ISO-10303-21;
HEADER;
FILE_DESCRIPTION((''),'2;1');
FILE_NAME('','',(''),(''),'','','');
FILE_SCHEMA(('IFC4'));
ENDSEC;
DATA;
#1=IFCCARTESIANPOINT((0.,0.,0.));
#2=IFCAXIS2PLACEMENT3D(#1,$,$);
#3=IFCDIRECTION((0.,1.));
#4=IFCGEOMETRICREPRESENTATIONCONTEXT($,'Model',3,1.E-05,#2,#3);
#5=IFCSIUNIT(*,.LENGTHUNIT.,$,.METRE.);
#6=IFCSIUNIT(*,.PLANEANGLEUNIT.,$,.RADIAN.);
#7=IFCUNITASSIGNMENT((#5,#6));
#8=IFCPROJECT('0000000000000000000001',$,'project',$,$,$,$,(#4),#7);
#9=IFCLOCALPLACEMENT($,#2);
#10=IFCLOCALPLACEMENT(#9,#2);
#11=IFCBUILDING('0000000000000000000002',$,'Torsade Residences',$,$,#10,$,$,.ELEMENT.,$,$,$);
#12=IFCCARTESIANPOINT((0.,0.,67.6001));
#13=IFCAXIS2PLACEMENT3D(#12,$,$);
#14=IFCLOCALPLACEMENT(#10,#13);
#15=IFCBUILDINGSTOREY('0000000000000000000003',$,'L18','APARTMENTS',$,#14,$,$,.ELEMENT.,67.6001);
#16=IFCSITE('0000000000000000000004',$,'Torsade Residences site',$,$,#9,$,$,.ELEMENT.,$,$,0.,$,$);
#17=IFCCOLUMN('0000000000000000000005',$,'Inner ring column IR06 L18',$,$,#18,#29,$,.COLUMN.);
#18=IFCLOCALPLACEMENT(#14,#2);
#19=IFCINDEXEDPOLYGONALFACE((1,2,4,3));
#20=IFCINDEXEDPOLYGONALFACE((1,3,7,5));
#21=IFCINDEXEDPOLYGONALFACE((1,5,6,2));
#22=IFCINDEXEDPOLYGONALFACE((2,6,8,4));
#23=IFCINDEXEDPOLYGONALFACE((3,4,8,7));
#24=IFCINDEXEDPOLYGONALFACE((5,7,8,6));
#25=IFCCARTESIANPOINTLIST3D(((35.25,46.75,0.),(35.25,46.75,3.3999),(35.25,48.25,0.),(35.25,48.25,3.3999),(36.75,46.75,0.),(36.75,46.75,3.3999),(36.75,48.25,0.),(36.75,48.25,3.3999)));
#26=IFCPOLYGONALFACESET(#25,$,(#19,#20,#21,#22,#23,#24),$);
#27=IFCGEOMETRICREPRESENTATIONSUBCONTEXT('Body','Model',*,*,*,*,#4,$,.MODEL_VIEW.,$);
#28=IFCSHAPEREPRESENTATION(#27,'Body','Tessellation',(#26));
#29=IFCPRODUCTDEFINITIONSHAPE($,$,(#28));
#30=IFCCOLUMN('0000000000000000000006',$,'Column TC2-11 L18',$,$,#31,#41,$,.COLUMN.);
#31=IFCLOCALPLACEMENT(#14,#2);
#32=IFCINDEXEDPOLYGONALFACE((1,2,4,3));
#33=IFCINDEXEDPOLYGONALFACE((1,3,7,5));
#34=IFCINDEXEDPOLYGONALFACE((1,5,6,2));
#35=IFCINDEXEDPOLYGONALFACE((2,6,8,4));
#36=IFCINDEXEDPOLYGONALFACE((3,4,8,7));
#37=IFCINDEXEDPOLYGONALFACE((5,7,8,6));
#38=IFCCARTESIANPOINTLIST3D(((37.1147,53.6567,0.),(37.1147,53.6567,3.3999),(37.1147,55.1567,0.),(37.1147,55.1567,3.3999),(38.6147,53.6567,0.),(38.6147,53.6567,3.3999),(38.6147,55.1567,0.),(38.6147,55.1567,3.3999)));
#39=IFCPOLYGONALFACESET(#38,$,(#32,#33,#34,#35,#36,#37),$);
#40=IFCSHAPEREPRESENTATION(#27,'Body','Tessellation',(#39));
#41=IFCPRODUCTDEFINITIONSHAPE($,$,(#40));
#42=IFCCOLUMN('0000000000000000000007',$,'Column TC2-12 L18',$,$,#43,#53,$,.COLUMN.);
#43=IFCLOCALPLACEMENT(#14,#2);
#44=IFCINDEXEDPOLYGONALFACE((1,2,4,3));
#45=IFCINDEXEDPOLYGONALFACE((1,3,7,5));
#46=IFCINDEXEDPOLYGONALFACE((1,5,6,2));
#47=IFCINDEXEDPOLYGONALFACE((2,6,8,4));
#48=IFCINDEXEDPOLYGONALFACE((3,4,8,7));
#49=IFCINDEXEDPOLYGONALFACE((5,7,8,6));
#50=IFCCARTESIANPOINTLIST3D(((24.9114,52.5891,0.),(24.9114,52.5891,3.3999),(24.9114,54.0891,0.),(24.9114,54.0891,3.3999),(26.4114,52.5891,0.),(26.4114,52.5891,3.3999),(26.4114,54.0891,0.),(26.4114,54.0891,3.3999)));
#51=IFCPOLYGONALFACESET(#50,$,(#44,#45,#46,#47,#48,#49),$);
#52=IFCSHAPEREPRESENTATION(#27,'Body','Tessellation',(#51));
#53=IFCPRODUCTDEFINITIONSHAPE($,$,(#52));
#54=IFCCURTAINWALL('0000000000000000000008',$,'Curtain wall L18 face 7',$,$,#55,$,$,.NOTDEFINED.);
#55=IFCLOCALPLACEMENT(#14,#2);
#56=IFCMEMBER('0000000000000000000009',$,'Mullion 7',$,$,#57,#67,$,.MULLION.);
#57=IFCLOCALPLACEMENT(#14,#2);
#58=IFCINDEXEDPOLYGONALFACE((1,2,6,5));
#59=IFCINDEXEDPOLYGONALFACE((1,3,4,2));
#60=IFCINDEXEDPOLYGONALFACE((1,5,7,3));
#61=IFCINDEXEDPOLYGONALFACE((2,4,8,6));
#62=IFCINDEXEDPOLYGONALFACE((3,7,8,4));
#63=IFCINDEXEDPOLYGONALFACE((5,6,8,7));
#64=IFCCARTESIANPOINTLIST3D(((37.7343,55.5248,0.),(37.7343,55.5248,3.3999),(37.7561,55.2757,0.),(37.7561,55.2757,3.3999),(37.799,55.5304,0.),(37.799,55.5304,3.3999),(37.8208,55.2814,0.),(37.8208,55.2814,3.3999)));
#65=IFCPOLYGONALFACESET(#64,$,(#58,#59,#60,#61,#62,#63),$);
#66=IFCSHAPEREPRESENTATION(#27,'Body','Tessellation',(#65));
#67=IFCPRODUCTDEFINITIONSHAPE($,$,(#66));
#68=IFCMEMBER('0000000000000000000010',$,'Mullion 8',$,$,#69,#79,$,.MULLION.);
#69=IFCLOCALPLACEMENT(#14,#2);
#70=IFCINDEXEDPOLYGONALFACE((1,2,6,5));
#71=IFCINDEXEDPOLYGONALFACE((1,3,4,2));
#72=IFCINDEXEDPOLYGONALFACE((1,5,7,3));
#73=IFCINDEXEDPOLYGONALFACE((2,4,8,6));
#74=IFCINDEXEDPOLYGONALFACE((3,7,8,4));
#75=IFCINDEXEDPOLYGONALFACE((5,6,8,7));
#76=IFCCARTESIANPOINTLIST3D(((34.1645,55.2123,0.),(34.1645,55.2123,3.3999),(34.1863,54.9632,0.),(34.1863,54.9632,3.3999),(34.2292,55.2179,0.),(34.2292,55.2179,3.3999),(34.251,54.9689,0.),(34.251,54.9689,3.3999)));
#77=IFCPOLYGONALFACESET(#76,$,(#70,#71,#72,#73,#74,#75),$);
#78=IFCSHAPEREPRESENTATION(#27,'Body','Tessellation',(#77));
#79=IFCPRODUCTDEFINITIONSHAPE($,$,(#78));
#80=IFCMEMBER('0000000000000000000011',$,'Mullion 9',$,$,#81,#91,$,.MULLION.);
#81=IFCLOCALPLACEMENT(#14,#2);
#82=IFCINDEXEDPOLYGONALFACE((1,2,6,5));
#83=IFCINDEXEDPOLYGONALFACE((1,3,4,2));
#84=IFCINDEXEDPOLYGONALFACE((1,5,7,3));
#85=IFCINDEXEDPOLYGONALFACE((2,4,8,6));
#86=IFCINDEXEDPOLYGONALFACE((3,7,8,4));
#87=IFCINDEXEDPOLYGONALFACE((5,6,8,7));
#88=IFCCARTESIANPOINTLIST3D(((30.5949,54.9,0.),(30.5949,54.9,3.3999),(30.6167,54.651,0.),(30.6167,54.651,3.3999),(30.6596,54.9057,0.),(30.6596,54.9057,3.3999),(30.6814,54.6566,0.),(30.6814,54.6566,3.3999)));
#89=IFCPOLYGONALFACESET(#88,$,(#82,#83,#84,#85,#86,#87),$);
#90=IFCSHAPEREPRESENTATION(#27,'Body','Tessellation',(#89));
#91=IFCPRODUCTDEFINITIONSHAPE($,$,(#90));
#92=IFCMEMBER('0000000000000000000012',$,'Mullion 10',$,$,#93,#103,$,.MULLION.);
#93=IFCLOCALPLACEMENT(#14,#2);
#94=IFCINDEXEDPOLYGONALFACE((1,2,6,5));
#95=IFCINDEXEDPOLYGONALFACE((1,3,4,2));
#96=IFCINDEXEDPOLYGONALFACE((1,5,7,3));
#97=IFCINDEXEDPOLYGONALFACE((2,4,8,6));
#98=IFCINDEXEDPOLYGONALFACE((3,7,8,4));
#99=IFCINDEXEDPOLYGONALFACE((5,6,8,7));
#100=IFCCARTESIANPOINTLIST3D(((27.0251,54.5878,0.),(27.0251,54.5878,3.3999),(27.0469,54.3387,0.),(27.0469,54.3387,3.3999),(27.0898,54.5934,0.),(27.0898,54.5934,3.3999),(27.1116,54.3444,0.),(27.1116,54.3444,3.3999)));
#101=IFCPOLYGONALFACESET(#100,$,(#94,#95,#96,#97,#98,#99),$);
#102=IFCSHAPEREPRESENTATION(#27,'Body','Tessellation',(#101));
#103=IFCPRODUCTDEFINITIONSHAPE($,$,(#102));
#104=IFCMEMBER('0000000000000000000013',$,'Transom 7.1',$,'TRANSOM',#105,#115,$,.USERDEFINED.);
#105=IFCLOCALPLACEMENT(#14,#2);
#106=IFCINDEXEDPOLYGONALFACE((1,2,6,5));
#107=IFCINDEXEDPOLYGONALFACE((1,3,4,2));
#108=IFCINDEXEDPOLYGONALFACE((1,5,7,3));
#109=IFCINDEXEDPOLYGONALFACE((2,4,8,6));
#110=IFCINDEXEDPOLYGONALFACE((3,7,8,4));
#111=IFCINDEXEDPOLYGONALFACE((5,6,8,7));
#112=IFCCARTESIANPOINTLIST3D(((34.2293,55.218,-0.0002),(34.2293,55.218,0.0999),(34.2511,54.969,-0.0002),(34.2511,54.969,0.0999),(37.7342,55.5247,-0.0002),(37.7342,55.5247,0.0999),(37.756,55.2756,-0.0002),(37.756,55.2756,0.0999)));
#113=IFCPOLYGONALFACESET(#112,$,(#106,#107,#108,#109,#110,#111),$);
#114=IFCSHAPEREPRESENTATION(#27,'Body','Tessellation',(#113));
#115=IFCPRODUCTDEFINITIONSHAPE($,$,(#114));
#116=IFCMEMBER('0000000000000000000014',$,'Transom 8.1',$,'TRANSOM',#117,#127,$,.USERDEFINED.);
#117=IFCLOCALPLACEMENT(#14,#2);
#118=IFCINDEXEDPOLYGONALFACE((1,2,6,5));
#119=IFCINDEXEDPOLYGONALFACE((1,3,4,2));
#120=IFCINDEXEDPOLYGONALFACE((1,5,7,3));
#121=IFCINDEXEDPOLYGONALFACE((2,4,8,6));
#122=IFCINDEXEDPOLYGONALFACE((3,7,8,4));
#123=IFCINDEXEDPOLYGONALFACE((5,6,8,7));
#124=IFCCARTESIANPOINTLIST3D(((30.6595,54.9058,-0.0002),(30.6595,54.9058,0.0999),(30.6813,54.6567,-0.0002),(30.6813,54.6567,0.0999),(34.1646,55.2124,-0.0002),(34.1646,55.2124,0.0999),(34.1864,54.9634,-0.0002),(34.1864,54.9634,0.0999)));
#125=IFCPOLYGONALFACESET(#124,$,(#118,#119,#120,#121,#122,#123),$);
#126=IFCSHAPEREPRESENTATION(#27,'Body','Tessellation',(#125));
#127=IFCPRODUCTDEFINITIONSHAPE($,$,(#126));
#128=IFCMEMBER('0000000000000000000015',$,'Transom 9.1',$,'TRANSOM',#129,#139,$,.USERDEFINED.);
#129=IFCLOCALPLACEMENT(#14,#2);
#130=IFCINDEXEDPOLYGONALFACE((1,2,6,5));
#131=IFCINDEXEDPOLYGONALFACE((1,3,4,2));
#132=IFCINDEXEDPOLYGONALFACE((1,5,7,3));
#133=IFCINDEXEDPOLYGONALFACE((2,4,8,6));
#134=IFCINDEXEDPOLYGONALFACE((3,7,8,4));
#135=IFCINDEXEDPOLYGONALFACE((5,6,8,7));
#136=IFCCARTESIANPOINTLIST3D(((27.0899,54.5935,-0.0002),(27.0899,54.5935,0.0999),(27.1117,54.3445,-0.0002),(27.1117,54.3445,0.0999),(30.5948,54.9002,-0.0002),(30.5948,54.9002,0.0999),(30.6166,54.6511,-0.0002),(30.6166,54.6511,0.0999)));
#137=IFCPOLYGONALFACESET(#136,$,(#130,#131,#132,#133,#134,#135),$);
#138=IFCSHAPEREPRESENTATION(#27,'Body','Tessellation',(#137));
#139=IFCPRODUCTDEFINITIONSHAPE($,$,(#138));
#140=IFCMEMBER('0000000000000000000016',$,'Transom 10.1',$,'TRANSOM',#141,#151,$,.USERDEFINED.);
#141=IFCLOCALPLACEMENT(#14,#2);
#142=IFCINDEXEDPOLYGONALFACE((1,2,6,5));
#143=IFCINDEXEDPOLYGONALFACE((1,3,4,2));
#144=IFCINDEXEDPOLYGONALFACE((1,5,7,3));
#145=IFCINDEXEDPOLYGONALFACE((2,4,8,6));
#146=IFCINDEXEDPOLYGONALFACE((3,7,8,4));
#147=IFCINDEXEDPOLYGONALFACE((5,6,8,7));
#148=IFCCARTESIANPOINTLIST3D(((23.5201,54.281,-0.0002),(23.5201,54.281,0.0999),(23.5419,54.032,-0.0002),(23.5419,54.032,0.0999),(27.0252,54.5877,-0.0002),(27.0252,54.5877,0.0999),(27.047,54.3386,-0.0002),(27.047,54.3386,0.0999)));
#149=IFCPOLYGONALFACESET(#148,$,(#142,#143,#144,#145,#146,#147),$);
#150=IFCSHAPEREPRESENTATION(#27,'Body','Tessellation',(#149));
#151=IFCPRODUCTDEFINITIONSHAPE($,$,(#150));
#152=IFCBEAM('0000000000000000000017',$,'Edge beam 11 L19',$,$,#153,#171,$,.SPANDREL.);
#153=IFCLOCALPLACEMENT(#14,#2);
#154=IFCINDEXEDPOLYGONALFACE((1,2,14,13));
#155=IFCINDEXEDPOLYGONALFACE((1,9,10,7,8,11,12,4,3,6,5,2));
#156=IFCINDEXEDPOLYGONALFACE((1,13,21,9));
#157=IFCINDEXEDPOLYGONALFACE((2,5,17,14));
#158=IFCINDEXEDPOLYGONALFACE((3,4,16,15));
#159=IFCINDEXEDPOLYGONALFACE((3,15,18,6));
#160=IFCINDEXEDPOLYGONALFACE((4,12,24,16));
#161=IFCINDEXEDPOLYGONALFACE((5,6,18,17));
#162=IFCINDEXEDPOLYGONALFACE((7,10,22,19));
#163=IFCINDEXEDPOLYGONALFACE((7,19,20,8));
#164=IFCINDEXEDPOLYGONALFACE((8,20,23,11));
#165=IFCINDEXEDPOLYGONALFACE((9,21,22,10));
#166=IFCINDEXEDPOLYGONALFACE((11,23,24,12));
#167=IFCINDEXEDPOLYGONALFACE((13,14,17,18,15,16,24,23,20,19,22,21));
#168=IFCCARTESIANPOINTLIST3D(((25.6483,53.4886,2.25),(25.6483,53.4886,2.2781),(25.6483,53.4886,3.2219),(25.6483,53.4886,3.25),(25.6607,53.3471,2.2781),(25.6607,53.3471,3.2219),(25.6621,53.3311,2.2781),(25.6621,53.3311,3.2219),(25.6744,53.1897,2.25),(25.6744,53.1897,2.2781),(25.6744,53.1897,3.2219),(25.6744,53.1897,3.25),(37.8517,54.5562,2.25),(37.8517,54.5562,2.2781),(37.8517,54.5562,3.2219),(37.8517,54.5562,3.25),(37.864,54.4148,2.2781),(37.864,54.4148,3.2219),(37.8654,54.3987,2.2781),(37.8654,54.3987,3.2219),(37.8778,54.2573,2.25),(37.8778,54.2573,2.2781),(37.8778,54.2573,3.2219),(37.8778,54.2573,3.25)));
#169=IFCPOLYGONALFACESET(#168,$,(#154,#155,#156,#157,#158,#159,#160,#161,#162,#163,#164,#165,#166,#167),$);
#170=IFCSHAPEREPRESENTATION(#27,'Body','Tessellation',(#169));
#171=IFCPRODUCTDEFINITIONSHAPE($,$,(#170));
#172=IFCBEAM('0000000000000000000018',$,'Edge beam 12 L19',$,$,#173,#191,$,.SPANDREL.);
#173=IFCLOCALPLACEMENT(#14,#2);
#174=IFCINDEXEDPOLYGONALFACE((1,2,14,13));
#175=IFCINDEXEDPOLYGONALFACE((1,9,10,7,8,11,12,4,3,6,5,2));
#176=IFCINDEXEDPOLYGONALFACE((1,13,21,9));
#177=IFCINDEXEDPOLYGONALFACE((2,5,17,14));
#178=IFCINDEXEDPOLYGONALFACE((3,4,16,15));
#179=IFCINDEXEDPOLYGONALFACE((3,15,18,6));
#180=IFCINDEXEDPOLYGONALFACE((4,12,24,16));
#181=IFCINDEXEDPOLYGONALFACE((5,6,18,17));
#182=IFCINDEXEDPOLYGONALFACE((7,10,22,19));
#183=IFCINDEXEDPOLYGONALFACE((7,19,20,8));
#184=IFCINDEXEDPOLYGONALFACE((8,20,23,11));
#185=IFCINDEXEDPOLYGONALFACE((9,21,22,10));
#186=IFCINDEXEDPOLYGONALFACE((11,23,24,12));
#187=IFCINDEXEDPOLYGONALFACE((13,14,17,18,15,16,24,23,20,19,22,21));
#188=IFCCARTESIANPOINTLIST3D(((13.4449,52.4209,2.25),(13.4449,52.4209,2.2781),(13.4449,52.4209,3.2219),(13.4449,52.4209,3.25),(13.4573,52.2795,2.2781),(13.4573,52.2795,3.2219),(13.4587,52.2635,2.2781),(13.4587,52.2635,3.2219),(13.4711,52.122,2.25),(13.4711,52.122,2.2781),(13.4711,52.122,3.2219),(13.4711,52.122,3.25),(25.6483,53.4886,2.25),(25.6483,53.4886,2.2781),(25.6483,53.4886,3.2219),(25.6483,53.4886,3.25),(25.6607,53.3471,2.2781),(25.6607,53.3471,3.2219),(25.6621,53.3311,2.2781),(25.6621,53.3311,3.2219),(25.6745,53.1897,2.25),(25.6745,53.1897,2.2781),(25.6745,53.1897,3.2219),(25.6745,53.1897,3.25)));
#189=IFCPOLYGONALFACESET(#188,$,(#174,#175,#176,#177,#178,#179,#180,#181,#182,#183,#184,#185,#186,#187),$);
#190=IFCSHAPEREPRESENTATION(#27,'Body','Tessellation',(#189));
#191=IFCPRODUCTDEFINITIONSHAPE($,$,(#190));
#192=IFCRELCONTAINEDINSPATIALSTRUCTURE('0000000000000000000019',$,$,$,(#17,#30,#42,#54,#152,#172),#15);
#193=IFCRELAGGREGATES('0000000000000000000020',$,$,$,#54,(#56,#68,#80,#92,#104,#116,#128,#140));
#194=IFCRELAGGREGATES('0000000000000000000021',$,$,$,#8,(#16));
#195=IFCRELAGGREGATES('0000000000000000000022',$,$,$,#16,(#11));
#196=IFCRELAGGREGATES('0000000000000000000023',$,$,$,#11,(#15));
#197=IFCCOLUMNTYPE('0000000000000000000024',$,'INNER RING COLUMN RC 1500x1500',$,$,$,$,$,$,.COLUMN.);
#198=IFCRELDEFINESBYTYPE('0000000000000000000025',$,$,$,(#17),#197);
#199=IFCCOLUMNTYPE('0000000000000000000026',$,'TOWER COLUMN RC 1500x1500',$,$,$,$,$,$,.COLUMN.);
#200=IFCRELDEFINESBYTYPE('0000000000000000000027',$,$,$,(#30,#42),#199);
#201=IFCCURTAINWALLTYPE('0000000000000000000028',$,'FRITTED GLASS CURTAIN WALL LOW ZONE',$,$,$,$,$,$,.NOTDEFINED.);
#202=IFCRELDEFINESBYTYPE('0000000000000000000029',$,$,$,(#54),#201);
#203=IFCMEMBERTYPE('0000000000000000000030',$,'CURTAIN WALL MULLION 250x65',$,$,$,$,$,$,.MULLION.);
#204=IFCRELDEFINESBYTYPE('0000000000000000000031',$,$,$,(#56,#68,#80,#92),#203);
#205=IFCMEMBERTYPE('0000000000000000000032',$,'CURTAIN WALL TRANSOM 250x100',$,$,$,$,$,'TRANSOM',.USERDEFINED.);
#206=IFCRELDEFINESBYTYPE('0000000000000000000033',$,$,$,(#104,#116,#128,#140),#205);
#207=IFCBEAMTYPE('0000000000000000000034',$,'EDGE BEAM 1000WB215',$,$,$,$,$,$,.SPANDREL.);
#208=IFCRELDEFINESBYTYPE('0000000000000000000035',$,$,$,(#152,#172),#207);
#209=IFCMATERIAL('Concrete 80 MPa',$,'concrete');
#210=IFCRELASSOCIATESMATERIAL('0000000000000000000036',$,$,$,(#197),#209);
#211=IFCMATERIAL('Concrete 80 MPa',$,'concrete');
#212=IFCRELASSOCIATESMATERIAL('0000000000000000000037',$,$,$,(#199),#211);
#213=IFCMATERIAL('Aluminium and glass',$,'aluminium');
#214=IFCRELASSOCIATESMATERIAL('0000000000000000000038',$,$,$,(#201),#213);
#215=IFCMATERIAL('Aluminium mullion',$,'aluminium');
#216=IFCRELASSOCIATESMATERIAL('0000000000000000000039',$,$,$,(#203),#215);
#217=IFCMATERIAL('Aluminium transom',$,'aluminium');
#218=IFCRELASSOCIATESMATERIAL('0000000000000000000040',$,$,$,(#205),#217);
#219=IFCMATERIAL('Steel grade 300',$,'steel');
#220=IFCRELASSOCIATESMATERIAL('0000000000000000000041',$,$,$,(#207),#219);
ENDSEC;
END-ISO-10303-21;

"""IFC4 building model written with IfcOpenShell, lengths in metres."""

from ifc_helpers import new_model, si_unit, direction, frame, origin, origin_2d, place, context, subcontext, project, spatial, rectangle, i_section, extrude, material, material_profile, profile_set, type_object, element, aggregate, save


model = new_model("IFC4")

# Units and contexts
model_context = context("Model", 3, precision=1e-05, world=origin(), true_north=direction((0.0, 1.0)))
body_context = subcontext(model_context, "Body", "Model", "MODEL_VIEW")
ifc_project = project(units=[si_unit("LENGTHUNIT", "METRE"), si_unit("PLANEANGLEUNIT", "RADIAN")], contexts=[model_context])

# Site, building, storey
site_placement = place(None, origin())
site = spatial("IfcSite", under=ifc_project, at=site_placement, Name="Torsade Residences site", CompositionType="ELEMENT", RefElevation=0.0)
building_placement = place(site_placement, origin())
building = spatial("IfcBuilding", under=site, at=building_placement, Name="Torsade Residences", CompositionType="ELEMENT")
storey_placement = place(building_placement, frame((0.0, 0.0, 67.6001)))
storey = spatial("IfcBuildingStorey", under=building, at=storey_placement, Name="L18", Description="APARTMENTS", CompositionType="ELEMENT", Elevation=67.6001)

# Columns
ifc_material_1 = material(Name="Concrete 80 MPa", Category="concrete")
ifc_material_profile_1 = material_profile(ifc_material_1, rectangle(XDim=1.5, YDim=1.5, at=origin_2d()), Name="RC 1500x1500")
ifc_profile_set_1 = profile_set([ifc_material_profile_1], Name="Concrete 80 MPa")
column_type_1 = type_object("IfcColumnType", Name="INNER RING COLUMN RC 1500x1500", PredefinedType="COLUMN", material=ifc_profile_set_1)
column_placement = place(storey_placement, frame((36.0, 47.5, 0.0), z_axis=(0.0, 0.0, 1.0), x_axis=(1.0, 0.0, 0.0)))
element("IfcColumn", 1, at=column_placement, inside=storey, type_object=column_type_1, Name="Inner ring column IR06 L18", PredefinedType="COLUMN", context=body_context, shape_type="SweptSolid", body=[
    extrude(rectangle(XDim=1.5, YDim=1.5, at=origin_2d()), origin(), (0.0, 0.0, 1.0), 3.3999),
])
ifc_material_2 = material(Name="Concrete 80 MPa", Category="concrete")
ifc_material_profile_2 = material_profile(ifc_material_2, rectangle(XDim=1.5, YDim=1.5, at=origin_2d()), Name="RC 1500x1500")
ifc_profile_set_2 = profile_set([ifc_material_profile_2], Name="Concrete 80 MPa")
column_type_2 = type_object("IfcColumnType", Name="TOWER COLUMN RC 1500x1500", PredefinedType="COLUMN", material=ifc_profile_set_2)
for number, where, z_axis, x_axis, name in (
    (2, (37.8647, 54.4067, 0.0), (0.0, 0.0, 1.0), (1.0, 0.0, 0.0), "Column TC2-11 L18"),
    (3, (25.6614, 53.3391, 0.0), (0.0, 0.0, 1.0), (1.0, 0.0, 0.0), "Column TC2-12 L18"),
):
    element("IfcColumn", number, at=place(storey_placement, frame(where, z_axis=z_axis, x_axis=x_axis)), inside=storey, type_object=column_type_2, Name=name, PredefinedType="COLUMN", context=body_context, shape_type="SweptSolid", body=[
        extrude(rectangle(XDim=1.5, YDim=1.5, at=origin_2d()), origin(), (0.0, 0.0, 1.0), 3.3999),
    ])

# Curtain wall, members
ifc_material_3 = material(Name="Aluminium and glass", Category="aluminium")
curtain_wall_type = type_object("IfcCurtainWallType", Name="FRITTED GLASS CURTAIN WALL LOW ZONE", PredefinedType="NOTDEFINED", material=ifc_material_3)
curtain_wall_placement = place(storey_placement, origin())
curtain_wall = element("IfcCurtainWall", 4, at=curtain_wall_placement, inside=storey, type_object=curtain_wall_type, Name="Curtain wall L18 face 7", PredefinedType="NOTDEFINED")
ifc_material_4 = material(Name="Aluminium mullion", Category="aluminium")
ifc_material_profile_3 = material_profile(ifc_material_4, rectangle(XDim=0.25, YDim=0.0649, at=origin_2d()), Name="CURTAIN WALL MULLION 250x65")
ifc_profile_set_3 = profile_set([ifc_material_profile_3], Name="Aluminium mullion")
member_type_1 = type_object("IfcMemberType", Name="CURTAIN WALL MULLION 250x65", PredefinedType="MULLION", material=ifc_profile_set_3)
member_1_placement = place(storey_placement, frame((37.7776, 55.4031, 0.0), z_axis=(0.0, 0.0, 1.0), x_axis=(0.087156, -0.996195, 0.0)))
member_1 = element("IfcMember", 5, at=member_1_placement, type_object=member_type_1, Name="Mullion 7", PredefinedType="MULLION", context=body_context, shape_type="SweptSolid", body=[
    extrude(rectangle(XDim=0.25, YDim=0.0649, at=origin_2d()), origin(), (0.0, 0.0, 1.0), 3.3999),
])
member_2_placement = place(storey_placement, frame((34.2078, 55.0906, 0.0), z_axis=(0.0, 0.0, 1.0), x_axis=(0.087156, -0.996195, 0.0)))
member_2 = element("IfcMember", 6, at=member_2_placement, type_object=member_type_1, Name="Mullion 8", PredefinedType="MULLION", context=body_context, shape_type="SweptSolid", body=[
    extrude(rectangle(XDim=0.25, YDim=0.0649, at=origin_2d()), origin(), (0.0, 0.0, 1.0), 3.3999),
])
member_3_placement = place(storey_placement, frame((30.6382, 54.7783, 0.0), z_axis=(0.0, 0.0, 1.0), x_axis=(0.087156, -0.996195, 0.0)))
member_3 = element("IfcMember", 7, at=member_3_placement, type_object=member_type_1, Name="Mullion 9", PredefinedType="MULLION", context=body_context, shape_type="SweptSolid", body=[
    extrude(rectangle(XDim=0.25, YDim=0.0649, at=origin_2d()), origin(), (0.0, 0.0, 1.0), 3.3999),
])
member_4_placement = place(storey_placement, frame((27.0684, 54.4661, 0.0), z_axis=(0.0, 0.0, 1.0), x_axis=(0.087156, -0.996195, 0.0)))
member_4 = element("IfcMember", 8, at=member_4_placement, type_object=member_type_1, Name="Mullion 10", PredefinedType="MULLION", context=body_context, shape_type="SweptSolid", body=[
    extrude(rectangle(XDim=0.25, YDim=0.0649, at=origin_2d()), origin(), (0.0, 0.0, 1.0), 3.3999),
])
ifc_material_5 = material(Name="Aluminium transom", Category="aluminium")
ifc_material_profile_4 = material_profile(ifc_material_5, rectangle(XDim=0.25, YDim=0.1001, at=origin_2d()), Name="CURTAIN WALL TRANSOM 250x100")
ifc_profile_set_4 = profile_set([ifc_material_profile_4], Name="Aluminium transom")
member_type_2 = type_object("IfcMemberType", Name="CURTAIN WALL TRANSOM 250x100", ElementType="TRANSOM", PredefinedType="USERDEFINED", material=ifc_profile_set_4)
member_5_placement = place(storey_placement, frame((37.7451, 55.4001, 0.0498), z_axis=(-0.996195, -0.087157, 0.0), x_axis=(0.087157, -0.996195, 0.0)))
member_5 = element("IfcMember", 9, at=member_5_placement, type_object=member_type_2, Name="Transom 7.1", ObjectType="TRANSOM", PredefinedType="USERDEFINED", context=body_context, shape_type="SweptSolid", body=[
    extrude(rectangle(XDim=0.25, YDim=0.1001, at=origin_2d()), origin(), (0.0, 0.0, 1.0), 3.5183),
])
member_6_placement = place(storey_placement, frame((34.1755, 55.0879, 0.0498), z_axis=(-0.996195, -0.087151, 0.0), x_axis=(0.087151, -0.996195, 0.0)))
member_6 = element("IfcMember", 10, at=member_6_placement, type_object=member_type_2, Name="Transom 8.1", ObjectType="TRANSOM", PredefinedType="USERDEFINED", context=body_context, shape_type="SweptSolid", body=[
    extrude(rectangle(XDim=0.25, YDim=0.1001, at=origin_2d()), origin(), (0.0, 0.0, 1.0), 3.5186),
])
member_7_placement = place(storey_placement, frame((30.6057, 54.7756, 0.0498), z_axis=(-0.996195, -0.087157, 0.0), x_axis=(0.087157, -0.996195, 0.0)))
member_7 = element("IfcMember", 11, at=member_7_placement, type_object=member_type_2, Name="Transom 9.1", ObjectType="TRANSOM", PredefinedType="USERDEFINED", context=body_context, shape_type="SweptSolid", body=[
    extrude(rectangle(XDim=0.25, YDim=0.1001, at=origin_2d()), origin(), (0.0, 0.0, 1.0), 3.5183),
])
member_8_placement = place(storey_placement, frame((27.0361, 54.4631, 0.0498), z_axis=(-0.996195, -0.087151, 0.0), x_axis=(0.087151, -0.996195, 0.0)))
member_8 = element("IfcMember", 12, at=member_8_placement, type_object=member_type_2, Name="Transom 10.1", ObjectType="TRANSOM", PredefinedType="USERDEFINED", context=body_context, shape_type="SweptSolid", body=[
    extrude(rectangle(XDim=0.25, YDim=0.1001, at=origin_2d()), origin(), (0.0, 0.0, 1.0), 3.5186),
])

# Beams
ifc_material_6 = material(Name="Steel grade 300", Category="steel")
ifc_material_profile_5 = material_profile(ifc_material_6, i_section(OverallWidth=0.3, OverallDepth=1.0, WebThickness=0.0161, FlangeThickness=0.0281, at=origin_2d()), Name="1000WB215")
ifc_profile_set_5 = profile_set([ifc_material_profile_5], Name="Steel grade 300")
beam_type_1 = type_object("IfcBeamType", Name="EDGE BEAM 1000WB215", PredefinedType="SPANDREL", material=ifc_profile_set_5)
for number, where, z_axis, x_axis, name in (
    (13, (37.8647, 54.4067, 2.75), (-0.996195, -0.087153, 0.0), (0.087153, -0.996195, 0.0), "Edge beam 11 L19"),
    (14, (25.6614, 53.3391, 2.75), (-0.996195, -0.087153, 0.0), (0.087153, -0.996195, 0.0), "Edge beam 12 L19"),
):
    element("IfcBeam", number, at=place(storey_placement, frame(where, z_axis=z_axis, x_axis=x_axis)), inside=storey, type_object=beam_type_1, Name=name, PredefinedType="SPANDREL", context=body_context, shape_type="SweptSolid", body=[
        extrude(i_section(OverallWidth=0.3, OverallDepth=1.0, WebThickness=0.0161, FlangeThickness=0.0281, at=origin_2d()), origin(), (0.0, 0.0, 1.0), 12.25),
    ])

aggregate(curtain_wall, [member_1, member_2, member_3, member_4, member_5, member_6, member_7, member_8])

save(model, "model.ifc")
